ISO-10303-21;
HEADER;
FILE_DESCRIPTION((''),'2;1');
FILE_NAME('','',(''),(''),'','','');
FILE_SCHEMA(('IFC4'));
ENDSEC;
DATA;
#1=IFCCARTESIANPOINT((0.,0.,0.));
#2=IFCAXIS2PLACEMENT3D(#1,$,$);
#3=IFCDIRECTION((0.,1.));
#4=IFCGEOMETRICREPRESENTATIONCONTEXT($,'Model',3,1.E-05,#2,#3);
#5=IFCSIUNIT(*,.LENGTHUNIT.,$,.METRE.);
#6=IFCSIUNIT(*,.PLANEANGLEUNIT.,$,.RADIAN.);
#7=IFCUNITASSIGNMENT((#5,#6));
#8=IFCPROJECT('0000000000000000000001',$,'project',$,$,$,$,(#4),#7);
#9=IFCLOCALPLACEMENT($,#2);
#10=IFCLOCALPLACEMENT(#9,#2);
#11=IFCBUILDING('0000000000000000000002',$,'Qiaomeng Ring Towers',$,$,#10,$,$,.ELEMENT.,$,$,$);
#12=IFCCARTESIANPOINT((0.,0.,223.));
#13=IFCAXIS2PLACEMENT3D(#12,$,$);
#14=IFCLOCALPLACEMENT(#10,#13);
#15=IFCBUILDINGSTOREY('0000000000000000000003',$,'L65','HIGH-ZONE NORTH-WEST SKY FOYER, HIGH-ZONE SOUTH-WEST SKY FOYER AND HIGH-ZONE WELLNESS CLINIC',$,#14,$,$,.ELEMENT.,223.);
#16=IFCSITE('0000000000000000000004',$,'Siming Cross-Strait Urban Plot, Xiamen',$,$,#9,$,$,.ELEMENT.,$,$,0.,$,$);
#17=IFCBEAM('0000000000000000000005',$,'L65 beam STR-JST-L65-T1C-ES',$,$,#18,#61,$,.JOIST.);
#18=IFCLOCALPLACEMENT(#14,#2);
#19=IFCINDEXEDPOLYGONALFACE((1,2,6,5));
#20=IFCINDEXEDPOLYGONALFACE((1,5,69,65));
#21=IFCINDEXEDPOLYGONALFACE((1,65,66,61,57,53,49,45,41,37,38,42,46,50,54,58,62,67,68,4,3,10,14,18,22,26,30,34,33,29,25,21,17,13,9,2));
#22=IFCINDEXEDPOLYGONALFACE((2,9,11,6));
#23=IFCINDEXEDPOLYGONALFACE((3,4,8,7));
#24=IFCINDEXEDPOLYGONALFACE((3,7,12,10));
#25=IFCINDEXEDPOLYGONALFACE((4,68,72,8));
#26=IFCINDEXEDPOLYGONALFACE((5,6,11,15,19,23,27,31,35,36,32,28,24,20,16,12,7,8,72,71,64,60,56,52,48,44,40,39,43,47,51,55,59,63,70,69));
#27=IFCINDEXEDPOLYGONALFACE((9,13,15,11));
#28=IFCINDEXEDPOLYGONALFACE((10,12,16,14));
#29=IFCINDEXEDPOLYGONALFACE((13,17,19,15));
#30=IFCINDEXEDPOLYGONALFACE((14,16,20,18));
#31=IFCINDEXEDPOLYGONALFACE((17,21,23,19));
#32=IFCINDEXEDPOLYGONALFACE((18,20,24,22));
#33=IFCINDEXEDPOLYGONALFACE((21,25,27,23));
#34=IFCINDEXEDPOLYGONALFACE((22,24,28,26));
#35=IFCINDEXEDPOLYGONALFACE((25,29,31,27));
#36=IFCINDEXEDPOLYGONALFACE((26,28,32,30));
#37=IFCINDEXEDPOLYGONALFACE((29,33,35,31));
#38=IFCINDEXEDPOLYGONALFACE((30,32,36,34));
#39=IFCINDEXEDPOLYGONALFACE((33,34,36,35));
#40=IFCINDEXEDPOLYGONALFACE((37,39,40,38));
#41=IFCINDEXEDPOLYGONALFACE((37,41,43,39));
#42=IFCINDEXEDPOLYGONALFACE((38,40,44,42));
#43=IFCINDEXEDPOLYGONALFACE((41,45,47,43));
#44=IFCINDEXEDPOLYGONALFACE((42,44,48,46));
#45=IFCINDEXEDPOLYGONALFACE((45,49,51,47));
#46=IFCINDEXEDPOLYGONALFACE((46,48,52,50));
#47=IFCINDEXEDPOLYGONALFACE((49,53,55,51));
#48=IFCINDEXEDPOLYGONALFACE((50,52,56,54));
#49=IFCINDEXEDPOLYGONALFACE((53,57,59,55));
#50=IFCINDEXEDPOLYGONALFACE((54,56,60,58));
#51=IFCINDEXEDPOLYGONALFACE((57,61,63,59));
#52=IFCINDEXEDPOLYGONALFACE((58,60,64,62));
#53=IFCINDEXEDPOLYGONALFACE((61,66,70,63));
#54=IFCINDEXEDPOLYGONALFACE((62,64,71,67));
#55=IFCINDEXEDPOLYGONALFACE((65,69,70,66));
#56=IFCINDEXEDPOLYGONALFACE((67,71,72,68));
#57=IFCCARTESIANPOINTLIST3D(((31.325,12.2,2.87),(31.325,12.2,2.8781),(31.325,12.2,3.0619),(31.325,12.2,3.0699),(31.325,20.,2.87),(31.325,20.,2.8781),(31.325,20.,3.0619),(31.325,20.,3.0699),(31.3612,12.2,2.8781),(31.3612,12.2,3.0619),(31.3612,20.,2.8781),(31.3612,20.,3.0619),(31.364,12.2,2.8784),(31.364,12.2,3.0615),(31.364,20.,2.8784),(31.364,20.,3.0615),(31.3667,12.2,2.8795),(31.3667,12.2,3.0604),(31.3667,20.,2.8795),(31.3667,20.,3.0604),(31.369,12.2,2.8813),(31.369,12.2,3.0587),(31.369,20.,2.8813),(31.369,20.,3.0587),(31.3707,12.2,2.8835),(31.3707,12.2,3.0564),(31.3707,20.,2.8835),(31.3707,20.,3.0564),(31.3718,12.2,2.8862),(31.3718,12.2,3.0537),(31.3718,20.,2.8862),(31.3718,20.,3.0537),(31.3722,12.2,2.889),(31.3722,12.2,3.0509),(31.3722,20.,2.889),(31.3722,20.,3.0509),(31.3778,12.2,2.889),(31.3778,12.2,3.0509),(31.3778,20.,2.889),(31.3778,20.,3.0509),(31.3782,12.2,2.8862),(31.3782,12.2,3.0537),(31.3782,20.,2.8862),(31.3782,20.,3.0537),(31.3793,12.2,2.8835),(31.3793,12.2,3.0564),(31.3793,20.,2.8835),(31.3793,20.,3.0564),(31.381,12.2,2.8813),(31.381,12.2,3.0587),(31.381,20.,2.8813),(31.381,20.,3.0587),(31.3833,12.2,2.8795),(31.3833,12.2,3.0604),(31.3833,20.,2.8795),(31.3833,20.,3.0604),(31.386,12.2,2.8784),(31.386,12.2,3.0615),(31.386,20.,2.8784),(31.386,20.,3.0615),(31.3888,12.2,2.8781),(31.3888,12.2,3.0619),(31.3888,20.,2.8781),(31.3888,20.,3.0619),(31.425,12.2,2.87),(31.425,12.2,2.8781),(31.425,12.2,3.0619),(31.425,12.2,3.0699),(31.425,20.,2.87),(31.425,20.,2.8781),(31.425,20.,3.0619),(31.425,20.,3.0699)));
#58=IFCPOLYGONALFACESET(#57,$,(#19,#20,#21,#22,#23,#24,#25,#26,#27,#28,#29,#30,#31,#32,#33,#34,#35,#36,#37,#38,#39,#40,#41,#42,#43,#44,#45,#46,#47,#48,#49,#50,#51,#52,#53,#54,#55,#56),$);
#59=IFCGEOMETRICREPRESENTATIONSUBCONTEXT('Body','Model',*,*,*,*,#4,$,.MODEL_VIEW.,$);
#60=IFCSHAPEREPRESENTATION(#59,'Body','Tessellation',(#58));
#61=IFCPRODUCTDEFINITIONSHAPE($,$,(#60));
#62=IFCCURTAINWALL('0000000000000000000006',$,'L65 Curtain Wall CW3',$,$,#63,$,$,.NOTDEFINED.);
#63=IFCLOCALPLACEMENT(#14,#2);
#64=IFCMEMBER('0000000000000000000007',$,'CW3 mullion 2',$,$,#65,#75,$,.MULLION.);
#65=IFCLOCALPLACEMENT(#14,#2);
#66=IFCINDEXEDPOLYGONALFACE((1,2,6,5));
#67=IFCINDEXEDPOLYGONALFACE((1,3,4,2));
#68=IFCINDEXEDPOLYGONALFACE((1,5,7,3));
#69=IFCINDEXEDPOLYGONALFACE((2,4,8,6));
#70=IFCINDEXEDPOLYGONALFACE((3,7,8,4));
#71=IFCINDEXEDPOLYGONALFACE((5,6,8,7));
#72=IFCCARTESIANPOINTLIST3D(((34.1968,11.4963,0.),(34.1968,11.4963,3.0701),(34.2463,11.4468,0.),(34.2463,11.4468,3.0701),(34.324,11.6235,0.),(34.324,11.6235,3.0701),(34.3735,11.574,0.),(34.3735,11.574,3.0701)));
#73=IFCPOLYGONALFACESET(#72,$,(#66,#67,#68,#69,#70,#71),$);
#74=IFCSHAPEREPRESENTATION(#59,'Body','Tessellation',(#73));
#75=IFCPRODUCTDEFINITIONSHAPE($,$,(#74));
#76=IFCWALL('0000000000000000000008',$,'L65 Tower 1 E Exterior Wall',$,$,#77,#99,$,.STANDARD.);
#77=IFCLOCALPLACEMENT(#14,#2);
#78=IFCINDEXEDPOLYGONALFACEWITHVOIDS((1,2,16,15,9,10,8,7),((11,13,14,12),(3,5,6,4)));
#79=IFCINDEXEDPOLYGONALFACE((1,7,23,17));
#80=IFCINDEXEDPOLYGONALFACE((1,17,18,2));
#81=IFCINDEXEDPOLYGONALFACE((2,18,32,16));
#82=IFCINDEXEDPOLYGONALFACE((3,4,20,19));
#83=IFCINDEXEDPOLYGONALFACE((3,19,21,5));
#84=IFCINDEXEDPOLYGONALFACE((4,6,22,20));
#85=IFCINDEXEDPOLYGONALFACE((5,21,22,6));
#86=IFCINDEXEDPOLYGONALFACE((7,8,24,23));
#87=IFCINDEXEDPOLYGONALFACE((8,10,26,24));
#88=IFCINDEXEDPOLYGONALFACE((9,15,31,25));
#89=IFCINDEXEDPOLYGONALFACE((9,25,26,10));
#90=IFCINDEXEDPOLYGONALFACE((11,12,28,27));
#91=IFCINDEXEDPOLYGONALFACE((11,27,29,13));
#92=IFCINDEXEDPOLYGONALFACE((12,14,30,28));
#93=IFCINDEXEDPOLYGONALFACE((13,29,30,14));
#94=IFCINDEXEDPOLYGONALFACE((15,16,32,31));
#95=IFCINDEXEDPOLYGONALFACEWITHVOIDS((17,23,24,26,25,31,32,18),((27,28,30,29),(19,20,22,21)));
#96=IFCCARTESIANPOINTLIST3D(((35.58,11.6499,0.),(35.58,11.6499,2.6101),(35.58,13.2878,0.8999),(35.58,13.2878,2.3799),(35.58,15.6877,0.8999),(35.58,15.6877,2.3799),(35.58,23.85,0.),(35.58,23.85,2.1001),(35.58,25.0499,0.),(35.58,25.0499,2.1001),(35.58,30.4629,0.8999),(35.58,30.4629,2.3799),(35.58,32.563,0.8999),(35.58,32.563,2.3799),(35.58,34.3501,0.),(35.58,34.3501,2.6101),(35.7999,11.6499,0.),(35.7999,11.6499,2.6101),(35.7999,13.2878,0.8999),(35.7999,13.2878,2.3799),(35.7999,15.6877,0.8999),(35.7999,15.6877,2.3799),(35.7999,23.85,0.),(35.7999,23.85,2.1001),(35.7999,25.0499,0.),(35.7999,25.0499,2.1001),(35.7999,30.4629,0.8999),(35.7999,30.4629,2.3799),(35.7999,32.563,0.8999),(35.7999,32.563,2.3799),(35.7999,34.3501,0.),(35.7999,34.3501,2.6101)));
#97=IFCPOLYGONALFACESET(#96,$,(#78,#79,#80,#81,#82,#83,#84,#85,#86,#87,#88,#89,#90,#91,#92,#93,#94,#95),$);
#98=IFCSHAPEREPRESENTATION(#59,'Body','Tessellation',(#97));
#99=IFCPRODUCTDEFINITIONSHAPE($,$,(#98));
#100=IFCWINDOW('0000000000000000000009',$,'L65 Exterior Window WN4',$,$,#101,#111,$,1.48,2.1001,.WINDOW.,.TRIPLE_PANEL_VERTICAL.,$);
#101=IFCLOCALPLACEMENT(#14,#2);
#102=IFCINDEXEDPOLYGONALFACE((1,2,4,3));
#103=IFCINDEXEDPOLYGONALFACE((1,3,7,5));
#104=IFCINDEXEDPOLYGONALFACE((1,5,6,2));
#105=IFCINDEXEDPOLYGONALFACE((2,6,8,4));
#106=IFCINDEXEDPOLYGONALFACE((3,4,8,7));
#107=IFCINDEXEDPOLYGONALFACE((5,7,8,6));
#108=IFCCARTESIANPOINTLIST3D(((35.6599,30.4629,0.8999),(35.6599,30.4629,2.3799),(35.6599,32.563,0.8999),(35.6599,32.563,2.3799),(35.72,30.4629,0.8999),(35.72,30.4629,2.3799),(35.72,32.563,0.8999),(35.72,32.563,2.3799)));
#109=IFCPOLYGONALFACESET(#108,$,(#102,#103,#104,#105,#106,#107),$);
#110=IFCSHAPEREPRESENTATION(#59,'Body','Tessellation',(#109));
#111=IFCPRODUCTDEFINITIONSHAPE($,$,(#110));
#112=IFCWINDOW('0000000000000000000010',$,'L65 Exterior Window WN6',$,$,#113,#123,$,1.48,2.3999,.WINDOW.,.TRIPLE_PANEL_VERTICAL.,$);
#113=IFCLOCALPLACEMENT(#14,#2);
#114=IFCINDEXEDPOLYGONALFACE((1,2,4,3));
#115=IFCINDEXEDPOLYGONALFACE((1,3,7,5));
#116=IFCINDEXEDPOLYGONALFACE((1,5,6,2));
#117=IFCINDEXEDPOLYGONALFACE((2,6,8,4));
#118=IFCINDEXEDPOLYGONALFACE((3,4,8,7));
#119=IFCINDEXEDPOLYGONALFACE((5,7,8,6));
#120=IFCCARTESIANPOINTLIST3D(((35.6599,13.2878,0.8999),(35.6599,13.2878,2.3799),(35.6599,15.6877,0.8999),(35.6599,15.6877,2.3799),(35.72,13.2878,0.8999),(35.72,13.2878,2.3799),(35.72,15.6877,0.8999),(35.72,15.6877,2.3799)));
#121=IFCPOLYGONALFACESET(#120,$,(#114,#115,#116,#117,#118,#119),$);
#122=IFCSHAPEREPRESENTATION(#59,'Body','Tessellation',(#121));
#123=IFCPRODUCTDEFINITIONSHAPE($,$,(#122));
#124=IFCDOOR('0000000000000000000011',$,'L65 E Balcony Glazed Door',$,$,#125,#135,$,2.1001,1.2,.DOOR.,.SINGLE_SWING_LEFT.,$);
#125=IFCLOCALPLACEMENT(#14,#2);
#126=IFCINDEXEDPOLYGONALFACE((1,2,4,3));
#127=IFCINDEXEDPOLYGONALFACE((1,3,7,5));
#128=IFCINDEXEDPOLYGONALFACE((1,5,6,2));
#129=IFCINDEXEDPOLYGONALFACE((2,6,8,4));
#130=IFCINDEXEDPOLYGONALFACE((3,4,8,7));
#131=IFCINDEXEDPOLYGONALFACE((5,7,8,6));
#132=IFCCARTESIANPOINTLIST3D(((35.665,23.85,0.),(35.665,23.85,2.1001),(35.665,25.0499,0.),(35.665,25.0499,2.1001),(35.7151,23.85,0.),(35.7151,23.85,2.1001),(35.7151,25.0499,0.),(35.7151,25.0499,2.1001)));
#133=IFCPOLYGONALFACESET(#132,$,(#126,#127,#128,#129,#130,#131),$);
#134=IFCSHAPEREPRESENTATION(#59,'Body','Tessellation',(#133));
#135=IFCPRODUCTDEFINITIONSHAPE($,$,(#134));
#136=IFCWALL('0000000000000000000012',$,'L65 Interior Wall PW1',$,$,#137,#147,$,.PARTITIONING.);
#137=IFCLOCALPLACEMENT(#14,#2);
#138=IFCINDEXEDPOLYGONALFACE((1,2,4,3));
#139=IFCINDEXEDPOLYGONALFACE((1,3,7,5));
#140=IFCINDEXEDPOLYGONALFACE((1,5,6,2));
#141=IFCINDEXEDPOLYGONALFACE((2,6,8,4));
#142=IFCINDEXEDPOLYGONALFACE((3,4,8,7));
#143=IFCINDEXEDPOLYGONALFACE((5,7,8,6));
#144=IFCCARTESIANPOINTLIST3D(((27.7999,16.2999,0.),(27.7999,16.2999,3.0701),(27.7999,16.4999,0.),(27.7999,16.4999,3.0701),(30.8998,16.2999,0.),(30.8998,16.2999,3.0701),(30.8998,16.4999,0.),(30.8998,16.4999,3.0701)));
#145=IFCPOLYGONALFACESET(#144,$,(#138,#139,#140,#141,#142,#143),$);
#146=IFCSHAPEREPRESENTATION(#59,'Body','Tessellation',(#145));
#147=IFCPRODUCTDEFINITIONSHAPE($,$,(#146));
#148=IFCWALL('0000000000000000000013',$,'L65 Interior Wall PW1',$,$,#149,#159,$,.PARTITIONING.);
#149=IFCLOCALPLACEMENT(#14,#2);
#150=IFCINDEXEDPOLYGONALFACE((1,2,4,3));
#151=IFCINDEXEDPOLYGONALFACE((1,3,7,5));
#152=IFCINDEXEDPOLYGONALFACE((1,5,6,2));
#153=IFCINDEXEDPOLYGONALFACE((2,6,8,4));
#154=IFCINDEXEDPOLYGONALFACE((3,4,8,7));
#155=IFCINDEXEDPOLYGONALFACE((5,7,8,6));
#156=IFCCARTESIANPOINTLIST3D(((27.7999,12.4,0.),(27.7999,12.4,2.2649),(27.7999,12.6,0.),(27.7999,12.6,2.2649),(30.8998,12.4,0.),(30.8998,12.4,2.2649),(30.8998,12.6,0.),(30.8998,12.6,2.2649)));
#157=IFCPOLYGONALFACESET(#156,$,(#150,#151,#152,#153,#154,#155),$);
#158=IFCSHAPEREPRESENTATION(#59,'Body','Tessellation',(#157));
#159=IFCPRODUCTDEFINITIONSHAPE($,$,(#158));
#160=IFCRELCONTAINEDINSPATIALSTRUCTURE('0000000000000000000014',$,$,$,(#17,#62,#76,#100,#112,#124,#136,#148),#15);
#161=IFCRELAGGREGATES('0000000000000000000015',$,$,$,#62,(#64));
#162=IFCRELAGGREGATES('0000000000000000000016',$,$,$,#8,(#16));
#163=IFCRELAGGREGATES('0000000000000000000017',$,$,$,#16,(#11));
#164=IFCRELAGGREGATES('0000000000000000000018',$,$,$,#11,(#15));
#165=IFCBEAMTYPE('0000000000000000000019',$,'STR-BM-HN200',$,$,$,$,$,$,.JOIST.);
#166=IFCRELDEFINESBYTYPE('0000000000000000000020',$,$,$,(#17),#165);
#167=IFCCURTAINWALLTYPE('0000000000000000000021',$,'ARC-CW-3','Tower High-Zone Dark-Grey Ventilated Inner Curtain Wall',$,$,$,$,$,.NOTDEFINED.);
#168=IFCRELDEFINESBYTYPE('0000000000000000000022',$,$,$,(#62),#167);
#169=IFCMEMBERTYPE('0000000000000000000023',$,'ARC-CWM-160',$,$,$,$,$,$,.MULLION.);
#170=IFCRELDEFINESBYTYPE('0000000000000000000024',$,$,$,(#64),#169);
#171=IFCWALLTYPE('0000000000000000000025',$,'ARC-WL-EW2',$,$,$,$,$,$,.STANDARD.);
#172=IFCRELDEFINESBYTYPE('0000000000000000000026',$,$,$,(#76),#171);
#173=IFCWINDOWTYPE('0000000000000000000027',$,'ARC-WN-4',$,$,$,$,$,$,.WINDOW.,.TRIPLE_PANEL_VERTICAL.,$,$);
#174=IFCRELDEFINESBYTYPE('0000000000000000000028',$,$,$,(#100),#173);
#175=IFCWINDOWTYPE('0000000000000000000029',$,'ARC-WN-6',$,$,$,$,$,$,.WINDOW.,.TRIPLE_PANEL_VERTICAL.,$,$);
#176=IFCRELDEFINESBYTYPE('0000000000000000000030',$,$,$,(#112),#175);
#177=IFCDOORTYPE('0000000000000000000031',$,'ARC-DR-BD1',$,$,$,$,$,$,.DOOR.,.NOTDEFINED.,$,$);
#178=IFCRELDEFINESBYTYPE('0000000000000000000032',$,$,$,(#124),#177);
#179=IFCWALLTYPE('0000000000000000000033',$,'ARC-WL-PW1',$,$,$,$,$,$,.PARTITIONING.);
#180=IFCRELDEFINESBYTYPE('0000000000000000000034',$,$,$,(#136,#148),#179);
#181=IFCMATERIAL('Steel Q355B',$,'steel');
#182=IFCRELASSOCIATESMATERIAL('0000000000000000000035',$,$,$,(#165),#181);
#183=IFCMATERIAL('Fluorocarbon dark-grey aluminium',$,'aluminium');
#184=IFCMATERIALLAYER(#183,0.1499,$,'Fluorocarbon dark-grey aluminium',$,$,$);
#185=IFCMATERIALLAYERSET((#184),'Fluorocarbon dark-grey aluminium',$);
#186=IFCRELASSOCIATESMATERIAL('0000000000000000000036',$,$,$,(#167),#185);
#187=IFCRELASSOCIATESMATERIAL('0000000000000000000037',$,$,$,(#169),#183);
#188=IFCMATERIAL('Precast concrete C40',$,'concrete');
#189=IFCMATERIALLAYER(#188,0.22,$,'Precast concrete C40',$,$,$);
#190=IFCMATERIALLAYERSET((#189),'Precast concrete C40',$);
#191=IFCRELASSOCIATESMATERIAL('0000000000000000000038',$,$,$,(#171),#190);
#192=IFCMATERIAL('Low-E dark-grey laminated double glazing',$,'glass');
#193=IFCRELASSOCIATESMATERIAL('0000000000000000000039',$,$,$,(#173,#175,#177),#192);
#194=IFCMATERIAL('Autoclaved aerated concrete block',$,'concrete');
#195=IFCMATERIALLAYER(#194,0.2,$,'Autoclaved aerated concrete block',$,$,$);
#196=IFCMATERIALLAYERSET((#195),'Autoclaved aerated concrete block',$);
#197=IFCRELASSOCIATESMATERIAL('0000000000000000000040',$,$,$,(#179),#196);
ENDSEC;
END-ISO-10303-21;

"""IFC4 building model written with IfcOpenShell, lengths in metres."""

from ifc_helpers import new_model, si_unit, direction, frame, frame_2d, origin, origin_2d, place, context, subcontext, project, spatial, rectangle, i_section, extrude, source, transform, mapped, material, layer, layer_set, material_profile, profile_set, type_object, element, fill, aggregate, save


model = new_model("IFC4")

# Units and contexts
model_context = context("Model", 3, precision=1e-05, world=origin(), true_north=direction((0.0, 1.0)))
body_context = subcontext(model_context, "Body", "Model", "MODEL_VIEW")
ifc_project = project(units=[si_unit("LENGTHUNIT", "METRE"), si_unit("PLANEANGLEUNIT", "RADIAN")], contexts=[model_context])

# Site, building, storey
site_placement = place(None, origin())
site = spatial("IfcSite", under=ifc_project, at=site_placement, Name="Siming Cross-Strait Urban Plot, Xiamen", CompositionType="ELEMENT", RefElevation=0.0)
building_placement = place(site_placement, origin())
building = spatial("IfcBuilding", under=site, at=building_placement, Name="Qiaomeng Ring Towers", CompositionType="ELEMENT")
storey_placement = place(building_placement, frame((0.0, 0.0, 223.0)))
storey = spatial("IfcBuildingStorey", under=building, at=storey_placement, Name="L65", Description="HIGH-ZONE NORTH-WEST SKY FOYER, HIGH-ZONE SOUTH-WEST SKY FOYER AND HIGH-ZONE WELLNESS CLINIC", CompositionType="ELEMENT", Elevation=223.0)

# Beam
ifc_material_1 = material(Name="Steel Q355B", Category="steel")
ifc_material_profile_1 = material_profile(ifc_material_1, i_section(OverallWidth=0.1001, OverallDepth=0.2, WebThickness=0.0056, FlangeThickness=0.0081, FilletRadius=0.011, at=origin_2d()), Name="HN 200x100x5.5x8")
ifc_profile_set_1 = profile_set([ifc_material_profile_1], Name="Steel Q355B")
beam_type_1 = type_object("IfcBeamType", Name="STR-BM-HN200", PredefinedType="JOIST", material=ifc_profile_set_1)
shared_shape_1 = source(origin(), body_context, "Body", "SweptSolid", [
    extrude(i_section(OverallWidth=0.1001, OverallDepth=0.2, WebThickness=0.0056, FlangeThickness=0.0081, FilletRadius=0.011, at=origin_2d()), origin(), (0.0, 0.0, 1.0), 7.8),
])
beam_1_placement = place(storey_placement, frame((31.375, 12.2, 2.97), z_axis=(0.0, 1.0, 0.0), x_axis=(-1.0, 0.0, 0.0)))
element("IfcBeam", 1, at=beam_1_placement, inside=storey, type_object=beam_type_1, Name="L65 beam STR-JST-L65-T1C-ES", PredefinedType="JOIST", context=body_context, shape_type="MappedRepresentation", body=[
    mapped(shared_shape_1, transform((0.0, 0.0, 0.0), x_axis=(1.0, 0.0, 0.0), y_axis=(0.0, 1.0, 0.0), z_axis=(0.0, 0.0, 1.0), scale=1.0)),
])

# Curtain wall, member
ifc_material_2 = material(Name="Fluorocarbon dark-grey aluminium", Category="aluminium")
ifc_layer_1 = layer(ifc_material_2, 0.1499, Name="Fluorocarbon dark-grey aluminium")
ifc_layer_set_1 = layer_set([ifc_layer_1], Name="Fluorocarbon dark-grey aluminium")
curtain_wall_type = type_object("IfcCurtainWallType", Name="ARC-CW-3", Description="Tower High-Zone Dark-Grey Ventilated Inner Curtain Wall", PredefinedType="NOTDEFINED", material=ifc_layer_set_1)
curtain_wall_placement = place(storey_placement, origin())
curtain_wall = element("IfcCurtainWall", 2, at=curtain_wall_placement, inside=storey, type_object=curtain_wall_type, Name="L65 Curtain Wall CW3", PredefinedType="NOTDEFINED")
ifc_material_profile_2 = material_profile(ifc_material_2, rectangle(XDim=0.0701, YDim=0.1799, at=origin_2d()), Name="ALU MULL 70x180")
ifc_profile_set_2 = profile_set([ifc_material_profile_2], Name="Fluorocarbon dark-grey aluminium")
member_type = type_object("IfcMemberType", Name="ARC-CWM-160", PredefinedType="MULLION", material=ifc_profile_set_2)
shared_shape_2 = source(origin(), body_context, "Body", "SweptSolid", [
    extrude(rectangle(XDim=0.0701, YDim=0.1799, at=origin_2d()), origin(), (0.0, 0.0, 1.0), 3.0701),
])
member_placement = place(storey_placement, frame((34.2852, 11.5352, 0.0), z_axis=(0.0, 0.0, 1.0), x_axis=(-0.707107, 0.707107, 0.0)))
member = element("IfcMember", 3, at=member_placement, type_object=member_type, Name="CW3 mullion 2", PredefinedType="MULLION", context=body_context, shape_type="MappedRepresentation", body=[
    mapped(shared_shape_2, transform((0.0, 0.0, 0.0), x_axis=(1.0, 0.0, 0.0), y_axis=(0.0, 1.0, 0.0), z_axis=(0.0, 0.0, 1.0), scale=1.0)),
])
aggregate(curtain_wall, [member])

# Wall, openings, windows, door
ifc_material_3 = material(Name="Precast concrete C40", Category="concrete")
ifc_layer_2 = layer(ifc_material_3, 0.22, Name="Precast concrete C40")
ifc_layer_set_2 = layer_set([ifc_layer_2], Name="Precast concrete C40")
wall_type_1 = type_object("IfcWallType", Name="ARC-WL-EW2", PredefinedType="STANDARD", material=ifc_layer_set_2)
wall_1_placement = place(storey_placement, frame((35.6899, 11.6499, 0.0), z_axis=(0.0, 0.0, 1.0), x_axis=(0.0, 1.0, 0.0)))
wall_1 = element("IfcWall", 4, at=wall_1_placement, inside=storey, type_object=wall_type_1, Name="L65 Tower 1 E Exterior Wall", PredefinedType="STANDARD", context=body_context, shape_type="SweptSolid", body=[
    extrude(rectangle(XDim=22.7002, YDim=0.22, at=frame_2d((11.3501, 0.0))), origin(), (0.0, 0.0, 1.0), 2.6101),
])
opening_1_placement = place(wall_1_placement, frame((12.2, 0.0, 0.0)))
opening_1 = element("IfcOpeningElement", 5, at=opening_1_placement, cuts=wall_1, PredefinedType="OPENING", context=body_context, shape_type="SweptSolid", body=[
    extrude(rectangle(XDim=1.2, YDim=2.1001, at=frame_2d((0.6001, 1.05))), frame((0.0, 0.1199, 0.0), z_axis=(0.0, -1.0, 0.0), x_axis=(1.0, 0.0, 0.0)), (0.0, 0.0, 1.0), 0.24),
])
opening_2_placement = place(wall_1_placement, frame((1.6379, 0.0, 0.8999)))
opening_2 = element("IfcOpeningElement", 6, at=opening_2_placement, cuts=wall_1, PredefinedType="OPENING", context=body_context, shape_type="SweptSolid", body=[
    extrude(rectangle(XDim=2.3999, YDim=1.48, at=frame_2d((1.2, 0.74))), frame((0.0, 0.1199, 0.0), z_axis=(0.0, -1.0, 0.0), x_axis=(1.0, 0.0, 0.0)), (0.0, 0.0, 1.0), 0.24),
])
opening_3_placement = place(wall_1_placement, frame((18.813, 0.0, 0.8999)))
opening_3 = element("IfcOpeningElement", 7, at=opening_3_placement, cuts=wall_1, PredefinedType="OPENING", context=body_context, shape_type="SweptSolid", body=[
    extrude(rectangle(XDim=2.1001, YDim=1.48, at=frame_2d((1.05, 0.74))), frame((0.0, 0.1199, 0.0), z_axis=(0.0, -1.0, 0.0), x_axis=(1.0, 0.0, 0.0)), (0.0, 0.0, 1.0), 0.24),
])
ifc_material_4 = material(Name="Low-E dark-grey laminated double glazing", Category="glass")
window_type_1 = type_object("IfcWindowType", Name="ARC-WN-4", PartitioningType="TRIPLE_PANEL_VERTICAL", PredefinedType="WINDOW", material=ifc_material_4)
shared_shape_3 = source(origin(), body_context, "Body", "SweptSolid", [
    extrude(rectangle(XDim=2.1001, YDim=1.48, at=frame_2d((1.05, 0.74))), frame((0.0, 0.03, 0.0), z_axis=(0.0, -1.0, 0.0), x_axis=(1.0, 0.0, 0.0)), (0.0, 0.0, 1.0), 0.0601),
])
window_1_placement = place(opening_3_placement, origin())
window_1 = element("IfcWindow", 8, at=window_1_placement, inside=storey, type_object=window_type_1, Name="L65 Exterior Window WN4", OverallHeight=1.48, OverallWidth=2.1001, PartitioningType="TRIPLE_PANEL_VERTICAL", PredefinedType="WINDOW", context=body_context, shape_type="MappedRepresentation", body=[
    mapped(shared_shape_3, transform((0.0, 0.0, 0.0), x_axis=(1.0, 0.0, 0.0), y_axis=(0.0, 1.0, 0.0), z_axis=(0.0, 0.0, 1.0), scale=1.0)),
])
fill(opening_3, window_1)
window_type_2 = type_object("IfcWindowType", Name="ARC-WN-6", PartitioningType="TRIPLE_PANEL_VERTICAL", PredefinedType="WINDOW", material=ifc_material_4)
shared_shape_4 = source(origin(), body_context, "Body", "SweptSolid", [
    extrude(rectangle(XDim=2.3999, YDim=1.48, at=frame_2d((1.2, 0.74))), frame((0.0, 0.03, 0.0), z_axis=(0.0, -1.0, 0.0), x_axis=(1.0, 0.0, 0.0)), (0.0, 0.0, 1.0), 0.0601),
])
window_2_placement = place(opening_2_placement, origin())
window_2 = element("IfcWindow", 9, at=window_2_placement, inside=storey, type_object=window_type_2, Name="L65 Exterior Window WN6", OverallHeight=1.48, OverallWidth=2.3999, PartitioningType="TRIPLE_PANEL_VERTICAL", PredefinedType="WINDOW", context=body_context, shape_type="MappedRepresentation", body=[
    mapped(shared_shape_4, transform((0.0, 0.0, 0.0), x_axis=(1.0, 0.0, 0.0), y_axis=(0.0, 1.0, 0.0), z_axis=(0.0, 0.0, 1.0), scale=1.0)),
])
fill(opening_2, window_2)
door_type_1 = type_object("IfcDoorType", Name="ARC-DR-BD1", OperationType="NOTDEFINED", PredefinedType="DOOR", material=ifc_material_4)
shared_shape_5 = source(origin(), body_context, "Body", "SweptSolid", [
    extrude(rectangle(XDim=1.2, YDim=2.1001, at=frame_2d((0.6001, 1.05))), frame((0.0, 0.0249, 0.0), z_axis=(0.0, -1.0, 0.0), x_axis=(1.0, 0.0, 0.0)), (0.0, 0.0, 1.0), 0.05),
])
door_1_placement = place(opening_1_placement, origin())
door_1 = element("IfcDoor", 10, at=door_1_placement, inside=storey, type_object=door_type_1, Name="L65 E Balcony Glazed Door", OperationType="SINGLE_SWING_LEFT", OverallHeight=2.1001, OverallWidth=1.2, PredefinedType="DOOR", context=body_context, shape_type="MappedRepresentation", body=[
    mapped(shared_shape_5, transform((0.0, 0.0, 0.0), x_axis=(1.0, 0.0, 0.0), y_axis=(0.0, 1.0, 0.0), z_axis=(0.0, 0.0, 1.0), scale=1.0)),
])
fill(opening_1, door_1)

# Walls
ifc_material_5 = material(Name="Autoclaved aerated concrete block", Category="concrete")
ifc_layer_3 = layer(ifc_material_5, 0.2, Name="Autoclaved aerated concrete block")
ifc_layer_set_3 = layer_set([ifc_layer_3], Name="Autoclaved aerated concrete block")
wall_type_2 = type_object("IfcWallType", Name="ARC-WL-PW1", PredefinedType="PARTITIONING", material=ifc_layer_set_3)
wall_2_placement = place(storey_placement, frame((27.8, 16.3999, 0.0), z_axis=(0.0, 0.0, 1.0), x_axis=(1.0, 0.0, 0.0)))
element("IfcWall", 11, at=wall_2_placement, inside=storey, type_object=wall_type_2, Name="L65 Interior Wall PW1", PredefinedType="PARTITIONING", context=body_context, shape_type="SweptSolid", body=[
    extrude(rectangle(XDim=3.0999, YDim=0.2, at=frame_2d((1.5498, 0.0))), origin(), (0.0, 0.0, 1.0), 3.0701),
])
wall_3_placement = place(storey_placement, frame((27.8, 12.5, 0.0), z_axis=(0.0, 0.0, 1.0), x_axis=(1.0, 0.0, 0.0)))
element("IfcWall", 12, at=wall_3_placement, inside=storey, type_object=wall_type_2, Name="L65 Interior Wall PW1", PredefinedType="PARTITIONING", context=body_context, shape_type="SweptSolid", body=[
    extrude(rectangle(XDim=3.0999, YDim=0.2, at=frame_2d((1.5498, 0.0))), origin(), (0.0, 0.0, 1.0), 2.2649),
])

save(model, "model.ifc")
